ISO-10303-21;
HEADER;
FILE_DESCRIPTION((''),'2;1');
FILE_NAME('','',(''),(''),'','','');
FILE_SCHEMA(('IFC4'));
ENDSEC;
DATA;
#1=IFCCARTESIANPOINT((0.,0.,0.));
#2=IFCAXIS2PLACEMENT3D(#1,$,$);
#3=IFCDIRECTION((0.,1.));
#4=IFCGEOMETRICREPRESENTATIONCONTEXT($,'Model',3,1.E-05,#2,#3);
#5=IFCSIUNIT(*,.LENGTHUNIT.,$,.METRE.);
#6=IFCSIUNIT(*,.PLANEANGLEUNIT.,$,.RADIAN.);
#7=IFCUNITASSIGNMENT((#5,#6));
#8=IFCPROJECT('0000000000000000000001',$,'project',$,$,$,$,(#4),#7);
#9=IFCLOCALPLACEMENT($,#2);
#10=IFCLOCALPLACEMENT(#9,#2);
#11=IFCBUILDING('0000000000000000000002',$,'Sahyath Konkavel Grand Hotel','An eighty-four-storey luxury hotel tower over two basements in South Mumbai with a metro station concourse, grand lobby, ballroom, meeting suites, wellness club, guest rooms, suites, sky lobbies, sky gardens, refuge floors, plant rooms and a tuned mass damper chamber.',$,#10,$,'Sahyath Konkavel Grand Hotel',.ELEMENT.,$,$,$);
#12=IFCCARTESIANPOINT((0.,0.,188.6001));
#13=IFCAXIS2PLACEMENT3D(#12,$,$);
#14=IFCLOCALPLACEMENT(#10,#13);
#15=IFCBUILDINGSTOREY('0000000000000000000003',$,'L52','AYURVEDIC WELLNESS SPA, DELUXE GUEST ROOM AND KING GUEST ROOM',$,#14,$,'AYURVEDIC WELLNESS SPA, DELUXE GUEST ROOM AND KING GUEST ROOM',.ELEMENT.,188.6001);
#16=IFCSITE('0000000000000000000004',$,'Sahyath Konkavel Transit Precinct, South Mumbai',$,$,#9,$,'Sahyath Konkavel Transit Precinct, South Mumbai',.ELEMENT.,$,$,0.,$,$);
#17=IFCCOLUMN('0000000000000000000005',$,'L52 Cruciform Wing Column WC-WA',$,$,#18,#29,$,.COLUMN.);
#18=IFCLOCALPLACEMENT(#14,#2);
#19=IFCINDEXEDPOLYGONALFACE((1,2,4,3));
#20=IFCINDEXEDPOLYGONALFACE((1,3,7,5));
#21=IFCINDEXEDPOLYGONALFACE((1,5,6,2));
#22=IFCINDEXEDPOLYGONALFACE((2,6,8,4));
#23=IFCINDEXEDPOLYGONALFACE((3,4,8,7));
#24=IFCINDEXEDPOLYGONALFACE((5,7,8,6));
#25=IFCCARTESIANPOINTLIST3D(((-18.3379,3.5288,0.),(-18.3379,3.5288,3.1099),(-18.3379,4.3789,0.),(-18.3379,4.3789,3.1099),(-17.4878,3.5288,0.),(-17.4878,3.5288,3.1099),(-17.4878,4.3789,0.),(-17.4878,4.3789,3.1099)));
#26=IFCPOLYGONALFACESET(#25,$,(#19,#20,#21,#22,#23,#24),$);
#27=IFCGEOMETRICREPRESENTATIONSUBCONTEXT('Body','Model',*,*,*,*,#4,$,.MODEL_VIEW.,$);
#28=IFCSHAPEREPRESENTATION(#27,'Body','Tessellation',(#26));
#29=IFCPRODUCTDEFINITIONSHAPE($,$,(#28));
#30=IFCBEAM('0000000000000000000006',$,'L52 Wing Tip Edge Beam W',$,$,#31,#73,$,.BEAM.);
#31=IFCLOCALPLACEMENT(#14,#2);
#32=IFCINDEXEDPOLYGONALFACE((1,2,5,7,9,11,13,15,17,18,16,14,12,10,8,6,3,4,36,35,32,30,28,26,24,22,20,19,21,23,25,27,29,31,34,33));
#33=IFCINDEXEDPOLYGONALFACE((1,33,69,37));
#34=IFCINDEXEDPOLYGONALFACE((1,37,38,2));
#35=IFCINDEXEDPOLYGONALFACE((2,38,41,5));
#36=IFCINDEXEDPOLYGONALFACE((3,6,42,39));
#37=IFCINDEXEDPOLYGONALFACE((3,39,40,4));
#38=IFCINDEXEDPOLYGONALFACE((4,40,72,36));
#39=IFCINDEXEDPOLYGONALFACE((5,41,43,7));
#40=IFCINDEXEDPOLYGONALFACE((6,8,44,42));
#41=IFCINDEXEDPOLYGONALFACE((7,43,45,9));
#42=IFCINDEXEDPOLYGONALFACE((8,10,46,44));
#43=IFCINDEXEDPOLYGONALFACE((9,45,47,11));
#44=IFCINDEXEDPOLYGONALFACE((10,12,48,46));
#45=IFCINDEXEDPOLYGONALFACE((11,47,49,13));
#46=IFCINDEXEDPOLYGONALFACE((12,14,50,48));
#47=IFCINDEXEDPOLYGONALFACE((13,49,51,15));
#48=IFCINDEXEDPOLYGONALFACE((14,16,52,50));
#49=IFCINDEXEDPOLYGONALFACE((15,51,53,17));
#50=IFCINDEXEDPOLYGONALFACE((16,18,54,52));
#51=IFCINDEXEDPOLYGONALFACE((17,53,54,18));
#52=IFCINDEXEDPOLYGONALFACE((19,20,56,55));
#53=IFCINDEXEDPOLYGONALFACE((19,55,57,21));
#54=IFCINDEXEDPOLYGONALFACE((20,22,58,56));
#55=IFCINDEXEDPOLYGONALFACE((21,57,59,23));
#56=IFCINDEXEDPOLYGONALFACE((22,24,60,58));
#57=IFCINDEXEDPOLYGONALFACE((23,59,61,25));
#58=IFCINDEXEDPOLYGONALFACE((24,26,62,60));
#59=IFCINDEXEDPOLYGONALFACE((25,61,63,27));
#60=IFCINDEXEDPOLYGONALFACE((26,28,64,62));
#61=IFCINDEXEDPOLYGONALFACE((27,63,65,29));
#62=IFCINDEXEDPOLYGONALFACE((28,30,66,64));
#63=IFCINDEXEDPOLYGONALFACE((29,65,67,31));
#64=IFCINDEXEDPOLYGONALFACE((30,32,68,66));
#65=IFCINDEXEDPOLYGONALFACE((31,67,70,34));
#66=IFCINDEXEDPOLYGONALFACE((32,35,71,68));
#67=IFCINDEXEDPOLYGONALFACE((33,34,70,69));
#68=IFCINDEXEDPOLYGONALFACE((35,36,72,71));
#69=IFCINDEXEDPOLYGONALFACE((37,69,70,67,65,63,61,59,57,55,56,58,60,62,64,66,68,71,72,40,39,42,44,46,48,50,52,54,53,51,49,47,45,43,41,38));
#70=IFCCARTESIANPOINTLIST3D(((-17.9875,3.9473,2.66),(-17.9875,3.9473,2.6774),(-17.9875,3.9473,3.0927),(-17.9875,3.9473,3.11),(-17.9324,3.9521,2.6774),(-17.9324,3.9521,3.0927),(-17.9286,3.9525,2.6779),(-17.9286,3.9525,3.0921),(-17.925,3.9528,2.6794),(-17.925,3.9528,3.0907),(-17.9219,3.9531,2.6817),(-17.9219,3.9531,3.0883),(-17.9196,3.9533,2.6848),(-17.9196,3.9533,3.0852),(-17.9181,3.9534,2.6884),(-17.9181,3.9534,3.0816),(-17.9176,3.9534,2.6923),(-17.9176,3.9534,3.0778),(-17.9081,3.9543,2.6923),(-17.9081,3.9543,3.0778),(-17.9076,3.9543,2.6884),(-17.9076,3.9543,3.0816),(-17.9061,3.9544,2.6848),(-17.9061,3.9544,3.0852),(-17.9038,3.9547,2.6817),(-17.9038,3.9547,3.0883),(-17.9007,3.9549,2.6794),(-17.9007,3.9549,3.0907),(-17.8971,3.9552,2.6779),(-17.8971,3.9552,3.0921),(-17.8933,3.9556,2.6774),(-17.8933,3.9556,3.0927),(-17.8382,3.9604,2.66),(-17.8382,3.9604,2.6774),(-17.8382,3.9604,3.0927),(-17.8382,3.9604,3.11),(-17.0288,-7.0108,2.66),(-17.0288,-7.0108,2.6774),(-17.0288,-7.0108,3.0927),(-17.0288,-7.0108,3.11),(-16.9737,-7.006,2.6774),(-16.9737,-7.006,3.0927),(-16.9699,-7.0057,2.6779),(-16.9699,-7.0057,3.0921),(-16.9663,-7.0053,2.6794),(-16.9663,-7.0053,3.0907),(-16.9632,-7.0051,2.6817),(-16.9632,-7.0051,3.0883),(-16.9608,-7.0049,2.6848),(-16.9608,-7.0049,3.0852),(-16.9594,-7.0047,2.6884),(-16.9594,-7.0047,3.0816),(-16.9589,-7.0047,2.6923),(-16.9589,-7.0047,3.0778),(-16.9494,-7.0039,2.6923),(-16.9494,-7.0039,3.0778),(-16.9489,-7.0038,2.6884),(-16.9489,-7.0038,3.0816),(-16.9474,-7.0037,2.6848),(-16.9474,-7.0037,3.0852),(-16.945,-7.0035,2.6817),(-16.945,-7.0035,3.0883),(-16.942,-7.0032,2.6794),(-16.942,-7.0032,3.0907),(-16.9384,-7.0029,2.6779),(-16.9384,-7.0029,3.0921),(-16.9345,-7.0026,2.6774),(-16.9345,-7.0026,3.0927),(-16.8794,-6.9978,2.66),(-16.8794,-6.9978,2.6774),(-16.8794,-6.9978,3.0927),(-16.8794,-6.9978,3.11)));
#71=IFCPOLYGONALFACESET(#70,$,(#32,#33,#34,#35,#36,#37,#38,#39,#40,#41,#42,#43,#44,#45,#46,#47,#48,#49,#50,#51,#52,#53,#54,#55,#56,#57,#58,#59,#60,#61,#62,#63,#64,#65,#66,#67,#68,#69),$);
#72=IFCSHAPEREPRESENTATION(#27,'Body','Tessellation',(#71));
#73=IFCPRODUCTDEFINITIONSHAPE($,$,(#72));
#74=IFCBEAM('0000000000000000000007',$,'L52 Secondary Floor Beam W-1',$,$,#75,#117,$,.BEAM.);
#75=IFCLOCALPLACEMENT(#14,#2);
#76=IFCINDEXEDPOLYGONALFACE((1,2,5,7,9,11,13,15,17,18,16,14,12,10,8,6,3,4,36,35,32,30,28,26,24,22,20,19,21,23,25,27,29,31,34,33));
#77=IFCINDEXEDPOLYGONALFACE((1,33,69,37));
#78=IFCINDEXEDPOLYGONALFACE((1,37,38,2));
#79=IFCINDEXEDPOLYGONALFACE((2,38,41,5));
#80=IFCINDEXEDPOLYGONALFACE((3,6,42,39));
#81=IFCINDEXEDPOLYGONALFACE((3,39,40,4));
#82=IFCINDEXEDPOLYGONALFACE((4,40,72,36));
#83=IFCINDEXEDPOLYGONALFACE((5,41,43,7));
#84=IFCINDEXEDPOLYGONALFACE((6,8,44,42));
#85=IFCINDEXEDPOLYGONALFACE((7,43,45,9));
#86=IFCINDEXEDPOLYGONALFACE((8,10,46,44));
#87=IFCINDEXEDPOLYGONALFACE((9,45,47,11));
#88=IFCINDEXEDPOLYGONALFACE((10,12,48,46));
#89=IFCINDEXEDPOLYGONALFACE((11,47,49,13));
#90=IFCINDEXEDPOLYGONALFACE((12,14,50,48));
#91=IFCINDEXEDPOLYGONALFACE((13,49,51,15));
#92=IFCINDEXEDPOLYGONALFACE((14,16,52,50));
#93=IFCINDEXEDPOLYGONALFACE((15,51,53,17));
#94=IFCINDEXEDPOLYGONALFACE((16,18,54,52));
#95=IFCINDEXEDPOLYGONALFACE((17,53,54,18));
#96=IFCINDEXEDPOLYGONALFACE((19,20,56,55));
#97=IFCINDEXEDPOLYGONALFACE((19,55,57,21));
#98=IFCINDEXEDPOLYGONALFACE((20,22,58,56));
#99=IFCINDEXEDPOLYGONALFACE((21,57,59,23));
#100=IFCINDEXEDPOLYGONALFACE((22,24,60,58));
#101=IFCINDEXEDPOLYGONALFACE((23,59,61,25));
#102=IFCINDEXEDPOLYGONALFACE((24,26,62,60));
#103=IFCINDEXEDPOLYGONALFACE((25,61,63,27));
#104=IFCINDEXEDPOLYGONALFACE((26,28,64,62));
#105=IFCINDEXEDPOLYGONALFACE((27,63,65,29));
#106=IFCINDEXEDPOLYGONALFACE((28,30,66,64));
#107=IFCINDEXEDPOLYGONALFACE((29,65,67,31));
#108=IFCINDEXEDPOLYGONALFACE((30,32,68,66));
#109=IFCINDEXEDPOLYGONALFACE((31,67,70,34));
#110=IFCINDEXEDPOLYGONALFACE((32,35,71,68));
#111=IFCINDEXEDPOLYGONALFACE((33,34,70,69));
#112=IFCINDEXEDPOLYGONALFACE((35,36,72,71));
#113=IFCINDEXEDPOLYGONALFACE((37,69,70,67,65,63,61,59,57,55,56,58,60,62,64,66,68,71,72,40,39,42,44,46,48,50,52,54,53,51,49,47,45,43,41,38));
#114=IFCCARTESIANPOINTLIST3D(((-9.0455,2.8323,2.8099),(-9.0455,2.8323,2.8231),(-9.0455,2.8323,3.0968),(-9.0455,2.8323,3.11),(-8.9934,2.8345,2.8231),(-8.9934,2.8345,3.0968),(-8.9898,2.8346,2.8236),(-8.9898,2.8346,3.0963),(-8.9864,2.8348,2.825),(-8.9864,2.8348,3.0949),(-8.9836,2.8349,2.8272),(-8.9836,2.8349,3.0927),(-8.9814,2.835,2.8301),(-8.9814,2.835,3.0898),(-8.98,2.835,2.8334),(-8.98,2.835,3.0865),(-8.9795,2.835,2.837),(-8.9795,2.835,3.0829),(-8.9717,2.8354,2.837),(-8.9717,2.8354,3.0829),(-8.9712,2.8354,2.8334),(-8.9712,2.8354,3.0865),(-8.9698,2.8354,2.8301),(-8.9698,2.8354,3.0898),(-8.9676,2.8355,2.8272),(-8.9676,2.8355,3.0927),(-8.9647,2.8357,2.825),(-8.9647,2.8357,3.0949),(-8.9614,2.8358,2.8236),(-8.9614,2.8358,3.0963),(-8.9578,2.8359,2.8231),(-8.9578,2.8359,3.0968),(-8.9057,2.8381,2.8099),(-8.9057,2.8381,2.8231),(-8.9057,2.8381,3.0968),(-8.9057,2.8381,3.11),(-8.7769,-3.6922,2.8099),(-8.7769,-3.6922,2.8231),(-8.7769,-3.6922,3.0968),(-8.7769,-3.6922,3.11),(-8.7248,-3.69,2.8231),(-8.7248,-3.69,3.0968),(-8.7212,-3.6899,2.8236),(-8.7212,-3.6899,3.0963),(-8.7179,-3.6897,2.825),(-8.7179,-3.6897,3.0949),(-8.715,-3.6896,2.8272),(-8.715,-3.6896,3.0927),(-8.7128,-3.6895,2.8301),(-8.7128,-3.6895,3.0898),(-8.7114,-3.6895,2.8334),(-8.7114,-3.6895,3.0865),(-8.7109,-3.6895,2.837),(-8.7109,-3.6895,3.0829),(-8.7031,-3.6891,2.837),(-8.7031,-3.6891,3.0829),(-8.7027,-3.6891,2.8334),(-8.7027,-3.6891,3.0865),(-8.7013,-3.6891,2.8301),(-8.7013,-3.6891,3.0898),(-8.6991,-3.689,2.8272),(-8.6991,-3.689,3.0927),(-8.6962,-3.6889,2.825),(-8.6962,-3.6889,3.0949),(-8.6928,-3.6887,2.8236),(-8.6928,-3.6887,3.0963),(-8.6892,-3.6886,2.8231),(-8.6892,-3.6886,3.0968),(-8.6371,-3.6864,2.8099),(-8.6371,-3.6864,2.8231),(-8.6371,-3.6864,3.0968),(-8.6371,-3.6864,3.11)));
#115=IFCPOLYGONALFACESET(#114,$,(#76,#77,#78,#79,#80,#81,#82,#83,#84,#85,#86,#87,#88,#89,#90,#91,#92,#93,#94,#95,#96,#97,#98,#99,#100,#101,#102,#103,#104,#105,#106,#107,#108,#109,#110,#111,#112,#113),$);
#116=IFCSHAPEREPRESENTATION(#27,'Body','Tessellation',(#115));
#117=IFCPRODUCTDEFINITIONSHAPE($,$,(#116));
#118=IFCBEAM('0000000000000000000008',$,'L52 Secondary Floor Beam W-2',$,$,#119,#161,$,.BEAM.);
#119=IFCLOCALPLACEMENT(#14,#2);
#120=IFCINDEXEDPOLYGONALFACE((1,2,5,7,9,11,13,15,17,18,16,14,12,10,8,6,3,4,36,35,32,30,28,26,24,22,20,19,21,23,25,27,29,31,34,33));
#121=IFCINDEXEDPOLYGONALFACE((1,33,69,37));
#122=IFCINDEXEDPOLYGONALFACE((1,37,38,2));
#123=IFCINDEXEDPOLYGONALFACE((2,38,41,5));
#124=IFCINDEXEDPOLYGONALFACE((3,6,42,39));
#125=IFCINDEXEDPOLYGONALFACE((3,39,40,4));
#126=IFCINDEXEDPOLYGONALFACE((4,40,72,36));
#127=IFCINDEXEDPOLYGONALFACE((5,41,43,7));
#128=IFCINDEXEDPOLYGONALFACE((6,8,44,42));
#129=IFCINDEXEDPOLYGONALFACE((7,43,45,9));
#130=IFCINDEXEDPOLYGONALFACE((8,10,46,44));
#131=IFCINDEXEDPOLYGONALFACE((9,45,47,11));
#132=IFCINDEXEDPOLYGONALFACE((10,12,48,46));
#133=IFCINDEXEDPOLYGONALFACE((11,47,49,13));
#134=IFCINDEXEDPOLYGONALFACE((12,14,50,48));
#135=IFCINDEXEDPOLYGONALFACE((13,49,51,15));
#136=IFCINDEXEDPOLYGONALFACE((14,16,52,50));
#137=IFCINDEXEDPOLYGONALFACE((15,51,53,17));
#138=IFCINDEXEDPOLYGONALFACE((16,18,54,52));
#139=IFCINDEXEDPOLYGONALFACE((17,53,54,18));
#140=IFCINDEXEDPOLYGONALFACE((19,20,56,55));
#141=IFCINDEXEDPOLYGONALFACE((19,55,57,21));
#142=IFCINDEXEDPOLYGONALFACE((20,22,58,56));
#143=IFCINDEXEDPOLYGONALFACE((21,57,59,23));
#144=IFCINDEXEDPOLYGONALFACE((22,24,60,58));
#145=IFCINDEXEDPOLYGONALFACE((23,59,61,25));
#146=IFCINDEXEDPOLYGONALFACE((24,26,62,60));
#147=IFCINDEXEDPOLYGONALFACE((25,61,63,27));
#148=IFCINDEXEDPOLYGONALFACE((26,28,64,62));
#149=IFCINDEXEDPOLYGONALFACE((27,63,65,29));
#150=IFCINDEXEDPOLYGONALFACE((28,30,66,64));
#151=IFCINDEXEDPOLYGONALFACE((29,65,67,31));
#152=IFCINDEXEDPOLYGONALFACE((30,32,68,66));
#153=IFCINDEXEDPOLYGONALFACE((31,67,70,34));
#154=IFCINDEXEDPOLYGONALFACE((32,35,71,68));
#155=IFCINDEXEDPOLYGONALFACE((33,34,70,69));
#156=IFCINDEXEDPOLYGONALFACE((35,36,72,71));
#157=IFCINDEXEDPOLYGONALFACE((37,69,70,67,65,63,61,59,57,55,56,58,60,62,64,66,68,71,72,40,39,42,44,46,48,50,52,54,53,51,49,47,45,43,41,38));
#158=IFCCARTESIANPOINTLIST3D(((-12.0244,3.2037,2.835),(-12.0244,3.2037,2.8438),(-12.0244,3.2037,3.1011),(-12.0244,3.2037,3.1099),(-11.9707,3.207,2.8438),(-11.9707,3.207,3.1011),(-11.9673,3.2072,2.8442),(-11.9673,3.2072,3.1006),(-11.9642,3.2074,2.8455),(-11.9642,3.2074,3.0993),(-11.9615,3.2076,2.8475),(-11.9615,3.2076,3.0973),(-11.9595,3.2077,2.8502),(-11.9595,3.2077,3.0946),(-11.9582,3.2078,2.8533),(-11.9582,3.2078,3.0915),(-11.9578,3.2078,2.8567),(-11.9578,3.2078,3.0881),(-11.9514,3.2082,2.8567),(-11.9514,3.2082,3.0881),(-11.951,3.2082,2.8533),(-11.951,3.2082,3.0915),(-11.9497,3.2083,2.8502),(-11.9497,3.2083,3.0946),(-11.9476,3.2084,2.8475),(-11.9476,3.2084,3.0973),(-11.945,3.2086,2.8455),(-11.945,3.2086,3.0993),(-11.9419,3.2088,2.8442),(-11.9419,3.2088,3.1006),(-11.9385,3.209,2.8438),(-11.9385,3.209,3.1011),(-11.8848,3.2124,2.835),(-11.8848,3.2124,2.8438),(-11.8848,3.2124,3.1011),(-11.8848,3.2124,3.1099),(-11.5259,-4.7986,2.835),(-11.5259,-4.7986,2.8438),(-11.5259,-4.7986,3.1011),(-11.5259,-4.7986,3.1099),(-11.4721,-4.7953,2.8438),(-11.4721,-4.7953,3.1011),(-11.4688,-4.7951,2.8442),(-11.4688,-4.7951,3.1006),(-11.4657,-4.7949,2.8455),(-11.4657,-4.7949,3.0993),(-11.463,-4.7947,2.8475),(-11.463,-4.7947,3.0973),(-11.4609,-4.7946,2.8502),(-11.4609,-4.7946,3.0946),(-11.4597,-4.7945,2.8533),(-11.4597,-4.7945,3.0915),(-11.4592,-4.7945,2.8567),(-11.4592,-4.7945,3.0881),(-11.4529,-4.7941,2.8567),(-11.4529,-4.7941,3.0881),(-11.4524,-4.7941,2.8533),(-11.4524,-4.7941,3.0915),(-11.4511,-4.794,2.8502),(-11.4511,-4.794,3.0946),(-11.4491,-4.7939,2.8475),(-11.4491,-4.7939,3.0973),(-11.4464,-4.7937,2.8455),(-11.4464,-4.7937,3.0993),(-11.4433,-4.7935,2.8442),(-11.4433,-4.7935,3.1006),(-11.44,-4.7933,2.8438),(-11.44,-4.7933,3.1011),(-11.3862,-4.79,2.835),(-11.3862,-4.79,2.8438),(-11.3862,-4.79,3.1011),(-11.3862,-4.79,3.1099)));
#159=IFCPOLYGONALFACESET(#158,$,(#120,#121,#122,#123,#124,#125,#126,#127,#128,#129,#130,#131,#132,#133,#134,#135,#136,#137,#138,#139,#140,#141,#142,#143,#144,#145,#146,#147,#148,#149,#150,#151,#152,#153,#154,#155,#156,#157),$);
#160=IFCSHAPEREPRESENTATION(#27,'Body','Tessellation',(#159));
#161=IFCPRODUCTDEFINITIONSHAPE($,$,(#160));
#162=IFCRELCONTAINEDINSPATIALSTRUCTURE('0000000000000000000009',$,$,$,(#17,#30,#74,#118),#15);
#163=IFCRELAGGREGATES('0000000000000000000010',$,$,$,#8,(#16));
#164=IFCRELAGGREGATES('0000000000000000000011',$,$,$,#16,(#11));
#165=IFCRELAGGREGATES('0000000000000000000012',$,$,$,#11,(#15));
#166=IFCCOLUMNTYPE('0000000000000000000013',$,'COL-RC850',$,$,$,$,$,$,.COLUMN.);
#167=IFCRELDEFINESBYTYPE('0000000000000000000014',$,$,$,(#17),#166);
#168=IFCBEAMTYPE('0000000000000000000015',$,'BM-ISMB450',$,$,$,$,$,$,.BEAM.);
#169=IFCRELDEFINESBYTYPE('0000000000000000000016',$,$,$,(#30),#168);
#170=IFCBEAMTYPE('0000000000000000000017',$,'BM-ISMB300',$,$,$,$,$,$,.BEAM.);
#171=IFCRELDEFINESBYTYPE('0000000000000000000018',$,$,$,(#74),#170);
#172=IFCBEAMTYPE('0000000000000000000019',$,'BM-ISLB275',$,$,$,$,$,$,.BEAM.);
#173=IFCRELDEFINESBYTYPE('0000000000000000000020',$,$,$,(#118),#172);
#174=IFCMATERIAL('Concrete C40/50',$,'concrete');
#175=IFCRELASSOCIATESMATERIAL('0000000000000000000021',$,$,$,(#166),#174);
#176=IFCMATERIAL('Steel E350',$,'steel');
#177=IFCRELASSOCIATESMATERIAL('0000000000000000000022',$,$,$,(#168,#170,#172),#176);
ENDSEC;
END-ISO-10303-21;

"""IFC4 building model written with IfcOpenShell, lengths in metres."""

from ifc_helpers import new_model, si_unit, direction, frame, origin, origin_2d, place, context, subcontext, project, spatial, rectangle, i_section, extrude, source, transform, mapped, material, material_profile, profile_set, type_object, element, save


model = new_model("IFC4")

# Units and contexts
model_context = context("Model", 3, precision=1e-05, world=origin(), true_north=direction((0.0, 1.0)))
body_context = subcontext(model_context, "Body", "Model", "MODEL_VIEW")
ifc_project = project(units=[si_unit("LENGTHUNIT", "METRE"), si_unit("PLANEANGLEUNIT", "RADIAN")], contexts=[model_context])

# Site, building, storey
site_placement = place(None, origin())
site = spatial("IfcSite", under=ifc_project, at=site_placement, Name="Sahyath Konkavel Transit Precinct, South Mumbai", LongName="Sahyath Konkavel Transit Precinct, South Mumbai", CompositionType="ELEMENT", RefElevation=0.0)
building_placement = place(site_placement, origin())
building = spatial("IfcBuilding", under=site, at=building_placement, Name="Sahyath Konkavel Grand Hotel", Description="An eighty-four-storey luxury hotel tower over two basements in South Mumbai with a metro station concourse, grand lobby, ballroom, meeting suites, wellness club, guest rooms, suites, sky lobbies, sky gardens, refuge floors, plant rooms and a tuned mass damper chamber.", LongName="Sahyath Konkavel Grand Hotel", CompositionType="ELEMENT")
storey_placement = place(building_placement, frame((0.0, 0.0, 188.6001)))
storey = spatial("IfcBuildingStorey", under=building, at=storey_placement, Name="L52", Description="AYURVEDIC WELLNESS SPA, DELUXE GUEST ROOM AND KING GUEST ROOM", LongName="AYURVEDIC WELLNESS SPA, DELUXE GUEST ROOM AND KING GUEST ROOM", CompositionType="ELEMENT", Elevation=188.6001)

# Column
ifc_material_1 = material(Name="Concrete C40/50", Category="concrete")
ifc_material_profile_1 = material_profile(ifc_material_1, rectangle(XDim=0.8501, YDim=0.8501, at=origin_2d()), Name="RC 850x850")
ifc_profile_set_1 = profile_set([ifc_material_profile_1], Name="Concrete C40/50")
column_type = type_object("IfcColumnType", Name="COL-RC850", PredefinedType="COLUMN", material=ifc_profile_set_1)
shared_shape_1 = source(origin(), body_context, "Body", "SweptSolid", [
    extrude(rectangle(XDim=0.8501, YDim=0.8501, at=origin_2d()), origin(), (0.0, 0.0, 1.0), 3.1099),
])
column_placement = place(storey_placement, frame((-17.9128, 3.9539, 0.0), z_axis=(0.0, 0.0, 1.0), x_axis=(1.0, 0.0, 0.0)))
element("IfcColumn", 1, at=column_placement, inside=storey, type_object=column_type, Name="L52 Cruciform Wing Column WC-WA", PredefinedType="COLUMN", context=body_context, shape_type="MappedRepresentation", body=[
    mapped(shared_shape_1, transform((0.0, 0.0, 0.0), scale=1.0)),
])

# Beams
ifc_material_2 = material(Name="Steel E350", Category="steel")
ifc_material_profile_2 = material_profile(ifc_material_2, i_section(OverallWidth=0.1499, OverallDepth=0.45, WebThickness=0.0095, FlangeThickness=0.0173, FilletRadius=0.0149, at=origin_2d()), Name="ISMB 450")
ifc_profile_set_2 = profile_set([ifc_material_profile_2], Name="Steel E350")
beam_type_1 = type_object("IfcBeamType", Name="BM-ISMB450", PredefinedType="BEAM", material=ifc_profile_set_2)
shared_shape_2 = source(origin(), body_context, "Body", "SweptSolid", [
    extrude(i_section(OverallWidth=0.1499, OverallDepth=0.45, WebThickness=0.0095, FlangeThickness=0.0173, FilletRadius=0.0149, at=origin_2d()), origin(), (0.0, 0.0, 1.0), 11.0),
])
beam_1_placement = place(storey_placement, frame((-17.9128, 3.9539, 2.885), z_axis=(0.087157, -0.996195, 0.0), x_axis=(0.996195, 0.087157, 0.0)))
element("IfcBeam", 2, at=beam_1_placement, inside=storey, type_object=beam_type_1, Name="L52 Wing Tip Edge Beam W", PredefinedType="BEAM", context=body_context, shape_type="MappedRepresentation", body=[
    mapped(shared_shape_2, transform((0.0, 0.0, 0.0), scale=1.0)),
])
ifc_material_profile_3 = material_profile(ifc_material_2, i_section(OverallWidth=0.1399, OverallDepth=0.3, WebThickness=0.0078, FlangeThickness=0.0132, FilletRadius=0.0139, at=origin_2d()), Name="ISMB 300")
ifc_profile_set_3 = profile_set([ifc_material_profile_3], Name="Steel E350")
beam_type_2 = type_object("IfcBeamType", Name="BM-ISMB300", PredefinedType="BEAM", material=ifc_profile_set_3)
shared_shape_3 = source(origin(), body_context, "Body", "SweptSolid", [
    extrude(i_section(OverallWidth=0.1399, OverallDepth=0.3, WebThickness=0.0078, FlangeThickness=0.0132, FilletRadius=0.0139, at=origin_2d()), origin(), (0.0, 0.0, 1.0), 6.53),
])
beam_2_placement = place(storey_placement, frame((-8.9756, 2.8352, 2.96), z_axis=(0.041127, -0.999154, 0.0), x_axis=(0.999154, 0.041127, 0.0)))
element("IfcBeam", 3, at=beam_2_placement, inside=storey, type_object=beam_type_2, Name="L52 Secondary Floor Beam W-1", PredefinedType="BEAM", context=body_context, shape_type="MappedRepresentation", body=[
    mapped(shared_shape_3, transform((0.0, 0.0, 0.0), scale=1.0)),
])
ifc_material_profile_4 = material_profile(ifc_material_2, i_section(OverallWidth=0.1399, OverallDepth=0.2749, WebThickness=0.0063, FlangeThickness=0.0088, FilletRadius=0.0129, at=origin_2d()), Name="ISLB 275")
ifc_profile_set_4 = profile_set([ifc_material_profile_4], Name="Steel E350")
beam_type_3 = type_object("IfcBeamType", Name="BM-ISLB275", PredefinedType="BEAM", material=ifc_profile_set_4)
shared_shape_4 = source(origin(), body_context, "Body", "SweptSolid", [
    extrude(i_section(OverallWidth=0.1399, OverallDepth=0.2749, WebThickness=0.0063, FlangeThickness=0.0088, FilletRadius=0.0129, at=origin_2d()), origin(), (0.0, 0.0, 1.0), 8.0178),
])
beam_3_placement = place(storey_placement, frame((-11.9546, 3.208, 2.9724), z_axis=(0.062179, -0.998065, 0.0), x_axis=(0.998065, 0.062179, 0.0)))
element("IfcBeam", 4, at=beam_3_placement, inside=storey, type_object=beam_type_3, Name="L52 Secondary Floor Beam W-2", PredefinedType="BEAM", context=body_context, shape_type="MappedRepresentation", body=[
    mapped(shared_shape_4, transform((0.0, 0.0, 0.0), scale=1.0)),
])

save(model, "model.ifc")
